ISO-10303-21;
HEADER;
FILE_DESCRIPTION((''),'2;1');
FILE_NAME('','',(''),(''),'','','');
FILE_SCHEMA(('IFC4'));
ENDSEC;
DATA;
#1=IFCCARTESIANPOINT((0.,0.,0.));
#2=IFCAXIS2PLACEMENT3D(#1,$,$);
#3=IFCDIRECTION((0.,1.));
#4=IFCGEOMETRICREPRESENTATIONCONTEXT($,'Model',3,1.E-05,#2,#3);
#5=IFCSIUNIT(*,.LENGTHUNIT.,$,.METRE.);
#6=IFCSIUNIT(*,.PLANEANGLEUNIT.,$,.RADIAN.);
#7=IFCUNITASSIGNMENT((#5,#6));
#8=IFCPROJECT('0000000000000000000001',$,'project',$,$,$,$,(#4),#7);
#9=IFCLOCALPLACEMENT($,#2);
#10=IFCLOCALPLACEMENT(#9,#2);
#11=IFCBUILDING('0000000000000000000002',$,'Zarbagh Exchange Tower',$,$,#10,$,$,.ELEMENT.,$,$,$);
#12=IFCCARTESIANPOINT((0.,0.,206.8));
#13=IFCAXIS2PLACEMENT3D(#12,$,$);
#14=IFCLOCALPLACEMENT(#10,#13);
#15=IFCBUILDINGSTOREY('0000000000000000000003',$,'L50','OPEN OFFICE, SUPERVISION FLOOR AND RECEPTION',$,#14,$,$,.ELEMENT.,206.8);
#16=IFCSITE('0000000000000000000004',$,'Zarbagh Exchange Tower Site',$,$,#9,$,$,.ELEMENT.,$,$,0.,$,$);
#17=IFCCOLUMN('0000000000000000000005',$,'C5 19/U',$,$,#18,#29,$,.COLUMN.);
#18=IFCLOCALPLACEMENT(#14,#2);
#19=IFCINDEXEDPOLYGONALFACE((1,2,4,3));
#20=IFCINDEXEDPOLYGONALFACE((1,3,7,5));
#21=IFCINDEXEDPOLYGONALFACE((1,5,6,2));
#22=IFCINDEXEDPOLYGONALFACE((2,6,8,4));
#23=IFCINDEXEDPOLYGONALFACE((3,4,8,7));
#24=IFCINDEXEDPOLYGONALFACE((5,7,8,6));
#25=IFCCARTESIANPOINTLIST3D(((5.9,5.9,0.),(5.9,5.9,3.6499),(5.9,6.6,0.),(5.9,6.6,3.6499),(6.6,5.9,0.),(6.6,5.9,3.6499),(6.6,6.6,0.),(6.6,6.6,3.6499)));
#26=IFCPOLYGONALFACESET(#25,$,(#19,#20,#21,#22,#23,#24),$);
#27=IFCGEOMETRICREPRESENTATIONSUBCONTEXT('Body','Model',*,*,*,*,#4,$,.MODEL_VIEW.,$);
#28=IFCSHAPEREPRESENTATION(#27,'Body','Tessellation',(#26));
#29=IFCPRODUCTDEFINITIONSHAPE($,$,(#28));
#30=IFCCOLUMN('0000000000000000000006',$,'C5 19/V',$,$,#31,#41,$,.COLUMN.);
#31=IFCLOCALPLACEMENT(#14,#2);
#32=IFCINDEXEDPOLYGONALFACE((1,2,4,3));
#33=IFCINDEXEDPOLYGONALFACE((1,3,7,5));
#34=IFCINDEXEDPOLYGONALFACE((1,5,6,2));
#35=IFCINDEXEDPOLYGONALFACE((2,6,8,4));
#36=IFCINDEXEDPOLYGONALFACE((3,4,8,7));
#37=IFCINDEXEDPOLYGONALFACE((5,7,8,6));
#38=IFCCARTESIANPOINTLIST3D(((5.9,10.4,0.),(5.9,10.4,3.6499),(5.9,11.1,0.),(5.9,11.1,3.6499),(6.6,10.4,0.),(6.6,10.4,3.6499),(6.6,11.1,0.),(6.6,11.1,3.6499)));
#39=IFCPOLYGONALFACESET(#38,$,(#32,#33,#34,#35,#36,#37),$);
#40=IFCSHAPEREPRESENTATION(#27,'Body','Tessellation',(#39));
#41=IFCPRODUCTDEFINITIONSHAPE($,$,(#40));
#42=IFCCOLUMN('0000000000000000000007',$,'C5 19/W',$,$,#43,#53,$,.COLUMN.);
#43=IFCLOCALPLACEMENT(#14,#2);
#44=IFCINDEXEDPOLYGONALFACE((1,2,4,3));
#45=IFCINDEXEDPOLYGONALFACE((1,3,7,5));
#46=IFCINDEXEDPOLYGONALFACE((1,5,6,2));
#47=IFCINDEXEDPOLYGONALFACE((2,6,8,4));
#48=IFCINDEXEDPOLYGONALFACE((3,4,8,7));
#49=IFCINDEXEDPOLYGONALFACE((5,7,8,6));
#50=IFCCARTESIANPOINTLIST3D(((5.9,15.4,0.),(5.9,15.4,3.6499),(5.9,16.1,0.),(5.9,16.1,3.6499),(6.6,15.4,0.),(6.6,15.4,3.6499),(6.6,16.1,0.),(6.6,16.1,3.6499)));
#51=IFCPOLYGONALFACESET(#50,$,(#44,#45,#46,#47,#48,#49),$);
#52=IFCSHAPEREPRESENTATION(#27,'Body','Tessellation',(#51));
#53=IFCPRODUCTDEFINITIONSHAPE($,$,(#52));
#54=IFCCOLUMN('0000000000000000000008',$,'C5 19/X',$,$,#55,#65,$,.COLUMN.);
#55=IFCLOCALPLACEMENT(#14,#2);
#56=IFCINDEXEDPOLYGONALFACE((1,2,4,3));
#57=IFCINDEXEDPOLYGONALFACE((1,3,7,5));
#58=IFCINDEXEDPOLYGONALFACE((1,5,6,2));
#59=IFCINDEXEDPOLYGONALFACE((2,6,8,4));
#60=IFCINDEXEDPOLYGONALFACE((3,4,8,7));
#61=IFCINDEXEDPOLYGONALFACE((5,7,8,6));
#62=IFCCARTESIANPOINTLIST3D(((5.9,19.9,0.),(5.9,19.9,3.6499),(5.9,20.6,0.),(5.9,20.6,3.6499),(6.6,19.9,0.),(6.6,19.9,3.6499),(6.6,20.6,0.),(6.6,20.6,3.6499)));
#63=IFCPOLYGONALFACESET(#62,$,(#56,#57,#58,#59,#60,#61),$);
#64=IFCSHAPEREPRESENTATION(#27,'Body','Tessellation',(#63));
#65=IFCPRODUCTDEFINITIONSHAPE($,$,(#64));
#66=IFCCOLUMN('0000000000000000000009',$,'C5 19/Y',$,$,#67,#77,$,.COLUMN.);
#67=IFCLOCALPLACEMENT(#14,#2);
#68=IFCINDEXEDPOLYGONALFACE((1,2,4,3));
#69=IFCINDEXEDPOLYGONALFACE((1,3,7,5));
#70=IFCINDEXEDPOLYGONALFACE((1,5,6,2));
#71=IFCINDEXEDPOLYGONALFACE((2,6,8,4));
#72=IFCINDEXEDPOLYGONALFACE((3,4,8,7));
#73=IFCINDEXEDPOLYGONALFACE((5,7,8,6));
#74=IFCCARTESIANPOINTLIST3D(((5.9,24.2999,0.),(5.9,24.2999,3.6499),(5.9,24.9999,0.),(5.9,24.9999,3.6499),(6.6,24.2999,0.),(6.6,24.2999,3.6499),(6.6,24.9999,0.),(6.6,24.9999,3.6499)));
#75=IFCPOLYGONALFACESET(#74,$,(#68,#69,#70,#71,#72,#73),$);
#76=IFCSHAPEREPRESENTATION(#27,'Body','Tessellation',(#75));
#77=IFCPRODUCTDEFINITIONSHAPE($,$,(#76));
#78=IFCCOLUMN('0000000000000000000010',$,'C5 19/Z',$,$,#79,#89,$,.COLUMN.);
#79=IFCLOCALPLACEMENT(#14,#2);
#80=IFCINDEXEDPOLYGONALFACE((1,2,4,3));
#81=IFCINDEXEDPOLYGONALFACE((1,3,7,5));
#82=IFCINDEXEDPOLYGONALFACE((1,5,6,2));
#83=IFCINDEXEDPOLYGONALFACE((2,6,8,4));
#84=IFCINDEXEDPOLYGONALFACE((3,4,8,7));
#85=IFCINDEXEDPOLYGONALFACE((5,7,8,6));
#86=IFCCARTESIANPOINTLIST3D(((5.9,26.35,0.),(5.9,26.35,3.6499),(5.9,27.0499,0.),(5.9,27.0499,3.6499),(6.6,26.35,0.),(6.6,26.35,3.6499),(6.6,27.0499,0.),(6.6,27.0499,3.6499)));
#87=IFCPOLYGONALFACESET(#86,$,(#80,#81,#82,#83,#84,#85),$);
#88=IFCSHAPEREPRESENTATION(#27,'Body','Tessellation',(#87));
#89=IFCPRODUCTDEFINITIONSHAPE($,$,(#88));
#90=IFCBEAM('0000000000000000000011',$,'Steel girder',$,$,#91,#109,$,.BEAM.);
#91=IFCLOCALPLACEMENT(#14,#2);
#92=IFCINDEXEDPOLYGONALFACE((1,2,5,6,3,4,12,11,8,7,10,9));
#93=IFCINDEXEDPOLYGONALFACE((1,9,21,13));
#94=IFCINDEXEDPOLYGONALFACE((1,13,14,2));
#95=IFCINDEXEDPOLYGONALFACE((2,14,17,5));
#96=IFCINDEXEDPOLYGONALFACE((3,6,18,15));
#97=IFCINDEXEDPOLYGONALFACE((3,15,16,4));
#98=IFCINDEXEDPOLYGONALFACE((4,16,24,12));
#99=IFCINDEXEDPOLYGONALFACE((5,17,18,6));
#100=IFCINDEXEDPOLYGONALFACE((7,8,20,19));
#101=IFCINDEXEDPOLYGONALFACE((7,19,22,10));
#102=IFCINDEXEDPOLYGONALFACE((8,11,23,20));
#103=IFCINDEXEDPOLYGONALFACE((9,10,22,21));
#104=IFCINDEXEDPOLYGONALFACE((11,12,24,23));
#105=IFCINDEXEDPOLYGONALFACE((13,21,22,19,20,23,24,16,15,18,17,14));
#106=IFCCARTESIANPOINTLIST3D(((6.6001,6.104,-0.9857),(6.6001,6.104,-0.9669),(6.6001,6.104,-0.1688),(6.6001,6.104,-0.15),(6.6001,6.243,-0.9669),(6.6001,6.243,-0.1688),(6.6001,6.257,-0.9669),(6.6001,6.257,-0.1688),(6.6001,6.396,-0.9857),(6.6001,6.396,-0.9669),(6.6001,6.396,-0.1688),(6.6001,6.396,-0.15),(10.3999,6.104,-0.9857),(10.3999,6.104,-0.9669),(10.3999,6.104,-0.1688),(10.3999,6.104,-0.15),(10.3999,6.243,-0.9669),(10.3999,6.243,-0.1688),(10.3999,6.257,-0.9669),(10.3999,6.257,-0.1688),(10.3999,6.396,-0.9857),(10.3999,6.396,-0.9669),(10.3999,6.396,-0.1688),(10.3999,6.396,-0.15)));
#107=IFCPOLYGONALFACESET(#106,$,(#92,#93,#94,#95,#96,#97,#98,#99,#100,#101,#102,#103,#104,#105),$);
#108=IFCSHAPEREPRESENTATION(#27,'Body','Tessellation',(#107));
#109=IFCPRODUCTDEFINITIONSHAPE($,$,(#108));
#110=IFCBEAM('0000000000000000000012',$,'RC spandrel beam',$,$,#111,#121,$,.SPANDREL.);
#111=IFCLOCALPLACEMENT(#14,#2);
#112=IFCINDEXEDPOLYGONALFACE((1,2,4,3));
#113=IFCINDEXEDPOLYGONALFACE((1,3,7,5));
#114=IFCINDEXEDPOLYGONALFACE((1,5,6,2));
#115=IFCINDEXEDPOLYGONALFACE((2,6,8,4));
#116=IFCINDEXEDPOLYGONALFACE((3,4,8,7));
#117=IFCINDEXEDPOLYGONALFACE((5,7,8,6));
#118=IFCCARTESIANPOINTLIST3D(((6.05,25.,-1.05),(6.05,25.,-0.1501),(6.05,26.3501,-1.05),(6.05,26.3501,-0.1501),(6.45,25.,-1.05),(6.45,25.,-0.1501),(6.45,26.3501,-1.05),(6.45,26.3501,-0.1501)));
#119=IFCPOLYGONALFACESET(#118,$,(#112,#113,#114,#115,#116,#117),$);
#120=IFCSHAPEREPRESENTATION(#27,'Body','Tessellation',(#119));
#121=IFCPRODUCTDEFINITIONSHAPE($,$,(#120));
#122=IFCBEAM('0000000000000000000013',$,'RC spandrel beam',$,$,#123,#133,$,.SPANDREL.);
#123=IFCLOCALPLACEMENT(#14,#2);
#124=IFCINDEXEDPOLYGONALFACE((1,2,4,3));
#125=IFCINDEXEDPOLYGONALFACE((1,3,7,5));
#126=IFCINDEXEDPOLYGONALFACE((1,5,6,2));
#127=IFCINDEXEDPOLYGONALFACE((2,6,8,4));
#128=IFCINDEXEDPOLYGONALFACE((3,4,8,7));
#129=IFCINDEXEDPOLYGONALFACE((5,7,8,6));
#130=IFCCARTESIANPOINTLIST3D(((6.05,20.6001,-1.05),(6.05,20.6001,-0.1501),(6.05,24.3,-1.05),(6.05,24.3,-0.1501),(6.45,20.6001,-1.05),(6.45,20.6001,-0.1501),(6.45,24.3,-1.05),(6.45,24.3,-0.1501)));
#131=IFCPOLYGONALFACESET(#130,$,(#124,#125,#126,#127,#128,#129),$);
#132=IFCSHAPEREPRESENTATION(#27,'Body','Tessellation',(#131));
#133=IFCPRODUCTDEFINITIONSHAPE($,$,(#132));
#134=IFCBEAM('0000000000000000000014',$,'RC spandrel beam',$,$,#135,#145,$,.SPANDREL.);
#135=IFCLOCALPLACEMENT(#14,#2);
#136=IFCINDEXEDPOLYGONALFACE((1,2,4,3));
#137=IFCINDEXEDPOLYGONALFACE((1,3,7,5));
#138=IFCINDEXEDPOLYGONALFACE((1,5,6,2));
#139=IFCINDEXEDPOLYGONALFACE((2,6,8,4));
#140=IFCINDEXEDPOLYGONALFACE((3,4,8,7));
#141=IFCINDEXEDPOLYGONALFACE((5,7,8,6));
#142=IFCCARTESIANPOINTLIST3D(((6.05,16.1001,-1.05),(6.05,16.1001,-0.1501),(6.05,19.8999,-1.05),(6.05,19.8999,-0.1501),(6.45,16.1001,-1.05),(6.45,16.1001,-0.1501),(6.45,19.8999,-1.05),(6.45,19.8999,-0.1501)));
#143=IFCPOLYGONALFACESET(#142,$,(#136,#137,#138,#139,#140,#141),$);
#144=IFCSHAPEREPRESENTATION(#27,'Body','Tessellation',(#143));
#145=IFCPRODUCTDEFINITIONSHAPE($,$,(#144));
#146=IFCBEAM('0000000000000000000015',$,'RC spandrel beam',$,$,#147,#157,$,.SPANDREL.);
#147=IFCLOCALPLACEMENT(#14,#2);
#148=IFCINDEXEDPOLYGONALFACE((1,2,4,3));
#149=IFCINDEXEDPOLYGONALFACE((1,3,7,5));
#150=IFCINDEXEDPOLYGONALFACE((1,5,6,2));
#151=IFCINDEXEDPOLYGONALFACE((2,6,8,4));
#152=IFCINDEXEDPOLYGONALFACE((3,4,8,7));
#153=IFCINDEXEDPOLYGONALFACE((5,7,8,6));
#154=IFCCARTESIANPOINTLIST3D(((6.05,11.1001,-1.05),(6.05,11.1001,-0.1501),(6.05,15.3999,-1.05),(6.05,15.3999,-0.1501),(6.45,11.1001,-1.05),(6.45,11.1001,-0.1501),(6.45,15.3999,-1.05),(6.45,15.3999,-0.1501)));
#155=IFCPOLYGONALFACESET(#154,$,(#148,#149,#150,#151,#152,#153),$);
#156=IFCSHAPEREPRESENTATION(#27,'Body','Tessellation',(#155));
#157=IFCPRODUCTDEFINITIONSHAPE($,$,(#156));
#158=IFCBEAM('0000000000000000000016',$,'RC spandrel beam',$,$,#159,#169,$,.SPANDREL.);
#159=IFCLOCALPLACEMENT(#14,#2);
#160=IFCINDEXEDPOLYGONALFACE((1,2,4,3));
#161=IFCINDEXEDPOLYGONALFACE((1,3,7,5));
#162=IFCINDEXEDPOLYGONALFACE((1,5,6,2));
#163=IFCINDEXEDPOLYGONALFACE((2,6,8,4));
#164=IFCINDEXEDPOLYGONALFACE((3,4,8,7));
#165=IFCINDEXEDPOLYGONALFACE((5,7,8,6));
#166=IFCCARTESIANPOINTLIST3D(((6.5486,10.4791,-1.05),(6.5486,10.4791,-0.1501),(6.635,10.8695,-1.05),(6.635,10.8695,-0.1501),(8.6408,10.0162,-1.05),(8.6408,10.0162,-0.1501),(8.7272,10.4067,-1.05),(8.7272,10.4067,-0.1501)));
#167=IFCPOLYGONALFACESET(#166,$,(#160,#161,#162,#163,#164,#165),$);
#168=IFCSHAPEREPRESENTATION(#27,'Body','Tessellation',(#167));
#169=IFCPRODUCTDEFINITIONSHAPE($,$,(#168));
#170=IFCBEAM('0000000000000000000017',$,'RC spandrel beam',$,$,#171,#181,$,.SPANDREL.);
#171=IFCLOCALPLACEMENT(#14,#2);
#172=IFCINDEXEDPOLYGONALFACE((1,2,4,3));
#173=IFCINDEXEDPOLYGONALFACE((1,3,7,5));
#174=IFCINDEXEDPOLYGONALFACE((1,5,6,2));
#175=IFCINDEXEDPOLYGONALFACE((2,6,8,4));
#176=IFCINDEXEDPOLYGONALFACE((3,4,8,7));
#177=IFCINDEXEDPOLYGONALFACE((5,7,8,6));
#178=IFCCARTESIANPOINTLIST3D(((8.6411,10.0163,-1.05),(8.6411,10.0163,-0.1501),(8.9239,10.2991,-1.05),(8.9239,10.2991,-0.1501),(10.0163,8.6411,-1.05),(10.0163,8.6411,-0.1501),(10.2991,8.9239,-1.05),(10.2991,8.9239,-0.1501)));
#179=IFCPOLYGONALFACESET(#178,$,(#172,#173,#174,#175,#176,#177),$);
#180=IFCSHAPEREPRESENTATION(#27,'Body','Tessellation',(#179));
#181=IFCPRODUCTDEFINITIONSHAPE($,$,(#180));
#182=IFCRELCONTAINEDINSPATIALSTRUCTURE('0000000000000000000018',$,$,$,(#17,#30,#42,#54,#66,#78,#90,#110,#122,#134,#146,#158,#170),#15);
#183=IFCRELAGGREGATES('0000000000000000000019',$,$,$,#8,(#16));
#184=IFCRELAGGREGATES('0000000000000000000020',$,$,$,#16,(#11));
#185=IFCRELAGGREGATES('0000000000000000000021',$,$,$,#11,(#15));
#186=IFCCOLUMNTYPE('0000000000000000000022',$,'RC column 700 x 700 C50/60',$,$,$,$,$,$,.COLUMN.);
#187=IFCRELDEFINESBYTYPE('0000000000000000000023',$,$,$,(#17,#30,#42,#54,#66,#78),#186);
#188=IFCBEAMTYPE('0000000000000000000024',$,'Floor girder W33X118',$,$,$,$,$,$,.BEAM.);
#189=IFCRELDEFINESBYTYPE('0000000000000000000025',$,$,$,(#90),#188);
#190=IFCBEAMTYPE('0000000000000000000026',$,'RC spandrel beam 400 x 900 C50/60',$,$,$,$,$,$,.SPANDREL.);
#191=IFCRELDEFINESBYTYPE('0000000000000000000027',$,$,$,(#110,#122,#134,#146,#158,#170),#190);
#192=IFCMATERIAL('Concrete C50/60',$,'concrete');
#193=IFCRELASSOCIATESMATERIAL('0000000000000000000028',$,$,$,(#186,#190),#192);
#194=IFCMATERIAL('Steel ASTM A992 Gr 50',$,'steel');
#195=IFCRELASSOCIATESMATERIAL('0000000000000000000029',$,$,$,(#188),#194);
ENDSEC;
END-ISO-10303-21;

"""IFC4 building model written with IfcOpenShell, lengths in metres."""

from ifc_helpers import new_model, si_unit, direction, frame, origin, origin_2d, place, context, subcontext, project, spatial, rectangle, i_section, extrude, material, material_profile, profile_set, type_object, element, save


model = new_model("IFC4")

# Units and contexts
model_context = context("Model", 3, precision=1e-05, world=origin(), true_north=direction((0.0, 1.0)))
body_context = subcontext(model_context, "Body", "Model", "MODEL_VIEW")
ifc_project = project(units=[si_unit("LENGTHUNIT", "METRE"), si_unit("PLANEANGLEUNIT", "RADIAN")], contexts=[model_context])

# Site, building, storey
site_placement = place(None, origin())
site = spatial("IfcSite", under=ifc_project, at=site_placement, Name="Zarbagh Exchange Tower Site", CompositionType="ELEMENT", RefElevation=0.0)
building_placement = place(site_placement, origin())
building = spatial("IfcBuilding", under=site, at=building_placement, Name="Zarbagh Exchange Tower", CompositionType="ELEMENT")
storey_placement = place(building_placement, frame((0.0, 0.0, 206.8)))
storey = spatial("IfcBuildingStorey", under=building, at=storey_placement, Name="L50", Description="OPEN OFFICE, SUPERVISION FLOOR AND RECEPTION", CompositionType="ELEMENT", Elevation=206.8)

# Columns
ifc_material_1 = material(Name="Concrete C50/60", Category="concrete")
ifc_material_profile_1 = material_profile(ifc_material_1, rectangle(XDim=0.7, YDim=0.7, at=origin_2d()), Name="RC column 700 x 700 C50/60")
ifc_profile_set_1 = profile_set([ifc_material_profile_1], Name="Concrete C50/60")
column_type = type_object("IfcColumnType", Name="RC column 700 x 700 C50/60", PredefinedType="COLUMN", material=ifc_profile_set_1)
for number, where, z_axis, x_axis, name in (
    (1, (6.25, 6.25, 0.0), (0.0, 0.0, 1.0), (1.0, 0.0, 0.0), "C5 19/U"),
    (2, (6.25, 10.75, 0.0), (0.0, 0.0, 1.0), (1.0, 0.0, 0.0), "C5 19/V"),
    (3, (6.25, 15.75, 0.0), (0.0, 0.0, 1.0), (1.0, 0.0, 0.0), "C5 19/W"),
    (4, (6.25, 20.25, 0.0), (0.0, 0.0, 1.0), (1.0, 0.0, 0.0), "C5 19/X"),
    (5, (6.25, 24.6499, 0.0), (0.0, 0.0, 1.0), (1.0, 0.0, 0.0), "C5 19/Y"),
    (6, (6.25, 26.7, 0.0), (0.0, 0.0, 1.0), (1.0, 0.0, 0.0), "C5 19/Z"),
):
    element("IfcColumn", number, at=place(storey_placement, frame(where, z_axis=z_axis, x_axis=x_axis)), inside=storey, type_object=column_type, Name=name, PredefinedType="COLUMN", context=body_context, shape_type="SweptSolid", body=[
        extrude(rectangle(XDim=0.7, YDim=0.7, at=origin_2d()), origin(), (0.0, 0.0, 1.0), 3.6499),
    ])

# Beams
ifc_material_2 = material(Name="Steel ASTM A992 Gr 50", Category="steel")
ifc_material_profile_2 = material_profile(ifc_material_2, i_section(OverallWidth=0.292, OverallDepth=0.8357, WebThickness=0.0139, FlangeThickness=0.0188, at=origin_2d()), Name="W33X118")
ifc_profile_set_2 = profile_set([ifc_material_profile_2], Name="Steel ASTM A992 Gr 50")
beam_type_1 = type_object("IfcBeamType", Name="Floor girder W33X118", PredefinedType="BEAM", material=ifc_profile_set_2)
beam_1_placement = place(storey_placement, frame((6.6001, 6.25, -0.5679), z_axis=(1.0, 0.0, 0.0), x_axis=(0.0, 1.0, 0.0)))
element("IfcBeam", 7, at=beam_1_placement, inside=storey, type_object=beam_type_1, Name="Steel girder", PredefinedType="BEAM", context=body_context, shape_type="SweptSolid", body=[
    extrude(i_section(OverallWidth=0.292, OverallDepth=0.8357, WebThickness=0.0139, FlangeThickness=0.0188, at=origin_2d()), origin(), (0.0, 0.0, 1.0), 3.7998),
])
ifc_material_profile_3 = material_profile(ifc_material_1, rectangle(XDim=0.3999, YDim=0.8999, at=origin_2d()), Name="RC spandrel beam 400 x 900 C50/60")
ifc_profile_set_3 = profile_set([ifc_material_profile_3], Name="Concrete C50/60")
beam_type_2 = type_object("IfcBeamType", Name="RC spandrel beam 400 x 900 C50/60", PredefinedType="SPANDREL", material=ifc_profile_set_3)
beam_2_placement = place(storey_placement, frame((6.25, 26.3501, -0.6001), z_axis=(0.0, -1.0, 0.0), x_axis=(1.0, 0.0, 0.0)))
element("IfcBeam", 8, at=beam_2_placement, inside=storey, type_object=beam_type_2, Name="RC spandrel beam", PredefinedType="SPANDREL", context=body_context, shape_type="SweptSolid", body=[
    extrude(rectangle(XDim=0.3999, YDim=0.8999, at=origin_2d()), origin(), (0.0, 0.0, 1.0), 1.3501),
])
beam_3_placement = place(storey_placement, frame((6.25, 24.3, -0.6001), z_axis=(0.0, -1.0, 0.0), x_axis=(1.0, 0.0, 0.0)))
element("IfcBeam", 9, at=beam_3_placement, inside=storey, type_object=beam_type_2, Name="RC spandrel beam", PredefinedType="SPANDREL", context=body_context, shape_type="SweptSolid", body=[
    extrude(rectangle(XDim=0.3999, YDim=0.8999, at=origin_2d()), origin(), (0.0, 0.0, 1.0), 3.7),
])
beam_4_placement = place(storey_placement, frame((6.25, 19.8999, -0.6001), z_axis=(0.0, -1.0, 0.0), x_axis=(1.0, 0.0, 0.0)))
element("IfcBeam", 10, at=beam_4_placement, inside=storey, type_object=beam_type_2, Name="RC spandrel beam", PredefinedType="SPANDREL", context=body_context, shape_type="SweptSolid", body=[
    extrude(rectangle(XDim=0.3999, YDim=0.8999, at=origin_2d()), origin(), (0.0, 0.0, 1.0), 3.7998),
])
beam_5_placement = place(storey_placement, frame((6.25, 15.3999, -0.6001), z_axis=(0.0, -1.0, 0.0), x_axis=(1.0, 0.0, 0.0)))
element("IfcBeam", 11, at=beam_5_placement, inside=storey, type_object=beam_type_2, Name="RC spandrel beam", PredefinedType="SPANDREL", context=body_context, shape_type="SweptSolid", body=[
    extrude(rectangle(XDim=0.3999, YDim=0.8999, at=origin_2d()), origin(), (0.0, 0.0, 1.0), 4.2998),
])
beam_6_placement = place(storey_placement, frame((6.5918, 10.6743, -0.6001), z_axis=(0.97639, -0.216014, 0.0), x_axis=(0.216014, 0.97639, 0.0)))
element("IfcBeam", 12, at=beam_6_placement, inside=storey, type_object=beam_type_2, Name="RC spandrel beam", PredefinedType="SPANDREL", context=body_context, shape_type="SweptSolid", body=[
    extrude(rectangle(XDim=0.3999, YDim=0.8999, at=origin_2d()), origin(), (0.0, 0.0, 1.0), 2.1428),
])
beam_7_placement = place(storey_placement, frame((8.7825, 10.1577, -0.6001), z_axis=(0.707107, -0.707107, 0.0), x_axis=(0.707107, 0.707107, 0.0)))
element("IfcBeam", 13, at=beam_7_placement, inside=storey, type_object=beam_type_2, Name="RC spandrel beam", PredefinedType="SPANDREL", context=body_context, shape_type="SweptSolid", body=[
    extrude(rectangle(XDim=0.3999, YDim=0.8999, at=origin_2d()), origin(), (0.0, 0.0, 1.0), 1.9448),
])

save(model, "model.ifc")
